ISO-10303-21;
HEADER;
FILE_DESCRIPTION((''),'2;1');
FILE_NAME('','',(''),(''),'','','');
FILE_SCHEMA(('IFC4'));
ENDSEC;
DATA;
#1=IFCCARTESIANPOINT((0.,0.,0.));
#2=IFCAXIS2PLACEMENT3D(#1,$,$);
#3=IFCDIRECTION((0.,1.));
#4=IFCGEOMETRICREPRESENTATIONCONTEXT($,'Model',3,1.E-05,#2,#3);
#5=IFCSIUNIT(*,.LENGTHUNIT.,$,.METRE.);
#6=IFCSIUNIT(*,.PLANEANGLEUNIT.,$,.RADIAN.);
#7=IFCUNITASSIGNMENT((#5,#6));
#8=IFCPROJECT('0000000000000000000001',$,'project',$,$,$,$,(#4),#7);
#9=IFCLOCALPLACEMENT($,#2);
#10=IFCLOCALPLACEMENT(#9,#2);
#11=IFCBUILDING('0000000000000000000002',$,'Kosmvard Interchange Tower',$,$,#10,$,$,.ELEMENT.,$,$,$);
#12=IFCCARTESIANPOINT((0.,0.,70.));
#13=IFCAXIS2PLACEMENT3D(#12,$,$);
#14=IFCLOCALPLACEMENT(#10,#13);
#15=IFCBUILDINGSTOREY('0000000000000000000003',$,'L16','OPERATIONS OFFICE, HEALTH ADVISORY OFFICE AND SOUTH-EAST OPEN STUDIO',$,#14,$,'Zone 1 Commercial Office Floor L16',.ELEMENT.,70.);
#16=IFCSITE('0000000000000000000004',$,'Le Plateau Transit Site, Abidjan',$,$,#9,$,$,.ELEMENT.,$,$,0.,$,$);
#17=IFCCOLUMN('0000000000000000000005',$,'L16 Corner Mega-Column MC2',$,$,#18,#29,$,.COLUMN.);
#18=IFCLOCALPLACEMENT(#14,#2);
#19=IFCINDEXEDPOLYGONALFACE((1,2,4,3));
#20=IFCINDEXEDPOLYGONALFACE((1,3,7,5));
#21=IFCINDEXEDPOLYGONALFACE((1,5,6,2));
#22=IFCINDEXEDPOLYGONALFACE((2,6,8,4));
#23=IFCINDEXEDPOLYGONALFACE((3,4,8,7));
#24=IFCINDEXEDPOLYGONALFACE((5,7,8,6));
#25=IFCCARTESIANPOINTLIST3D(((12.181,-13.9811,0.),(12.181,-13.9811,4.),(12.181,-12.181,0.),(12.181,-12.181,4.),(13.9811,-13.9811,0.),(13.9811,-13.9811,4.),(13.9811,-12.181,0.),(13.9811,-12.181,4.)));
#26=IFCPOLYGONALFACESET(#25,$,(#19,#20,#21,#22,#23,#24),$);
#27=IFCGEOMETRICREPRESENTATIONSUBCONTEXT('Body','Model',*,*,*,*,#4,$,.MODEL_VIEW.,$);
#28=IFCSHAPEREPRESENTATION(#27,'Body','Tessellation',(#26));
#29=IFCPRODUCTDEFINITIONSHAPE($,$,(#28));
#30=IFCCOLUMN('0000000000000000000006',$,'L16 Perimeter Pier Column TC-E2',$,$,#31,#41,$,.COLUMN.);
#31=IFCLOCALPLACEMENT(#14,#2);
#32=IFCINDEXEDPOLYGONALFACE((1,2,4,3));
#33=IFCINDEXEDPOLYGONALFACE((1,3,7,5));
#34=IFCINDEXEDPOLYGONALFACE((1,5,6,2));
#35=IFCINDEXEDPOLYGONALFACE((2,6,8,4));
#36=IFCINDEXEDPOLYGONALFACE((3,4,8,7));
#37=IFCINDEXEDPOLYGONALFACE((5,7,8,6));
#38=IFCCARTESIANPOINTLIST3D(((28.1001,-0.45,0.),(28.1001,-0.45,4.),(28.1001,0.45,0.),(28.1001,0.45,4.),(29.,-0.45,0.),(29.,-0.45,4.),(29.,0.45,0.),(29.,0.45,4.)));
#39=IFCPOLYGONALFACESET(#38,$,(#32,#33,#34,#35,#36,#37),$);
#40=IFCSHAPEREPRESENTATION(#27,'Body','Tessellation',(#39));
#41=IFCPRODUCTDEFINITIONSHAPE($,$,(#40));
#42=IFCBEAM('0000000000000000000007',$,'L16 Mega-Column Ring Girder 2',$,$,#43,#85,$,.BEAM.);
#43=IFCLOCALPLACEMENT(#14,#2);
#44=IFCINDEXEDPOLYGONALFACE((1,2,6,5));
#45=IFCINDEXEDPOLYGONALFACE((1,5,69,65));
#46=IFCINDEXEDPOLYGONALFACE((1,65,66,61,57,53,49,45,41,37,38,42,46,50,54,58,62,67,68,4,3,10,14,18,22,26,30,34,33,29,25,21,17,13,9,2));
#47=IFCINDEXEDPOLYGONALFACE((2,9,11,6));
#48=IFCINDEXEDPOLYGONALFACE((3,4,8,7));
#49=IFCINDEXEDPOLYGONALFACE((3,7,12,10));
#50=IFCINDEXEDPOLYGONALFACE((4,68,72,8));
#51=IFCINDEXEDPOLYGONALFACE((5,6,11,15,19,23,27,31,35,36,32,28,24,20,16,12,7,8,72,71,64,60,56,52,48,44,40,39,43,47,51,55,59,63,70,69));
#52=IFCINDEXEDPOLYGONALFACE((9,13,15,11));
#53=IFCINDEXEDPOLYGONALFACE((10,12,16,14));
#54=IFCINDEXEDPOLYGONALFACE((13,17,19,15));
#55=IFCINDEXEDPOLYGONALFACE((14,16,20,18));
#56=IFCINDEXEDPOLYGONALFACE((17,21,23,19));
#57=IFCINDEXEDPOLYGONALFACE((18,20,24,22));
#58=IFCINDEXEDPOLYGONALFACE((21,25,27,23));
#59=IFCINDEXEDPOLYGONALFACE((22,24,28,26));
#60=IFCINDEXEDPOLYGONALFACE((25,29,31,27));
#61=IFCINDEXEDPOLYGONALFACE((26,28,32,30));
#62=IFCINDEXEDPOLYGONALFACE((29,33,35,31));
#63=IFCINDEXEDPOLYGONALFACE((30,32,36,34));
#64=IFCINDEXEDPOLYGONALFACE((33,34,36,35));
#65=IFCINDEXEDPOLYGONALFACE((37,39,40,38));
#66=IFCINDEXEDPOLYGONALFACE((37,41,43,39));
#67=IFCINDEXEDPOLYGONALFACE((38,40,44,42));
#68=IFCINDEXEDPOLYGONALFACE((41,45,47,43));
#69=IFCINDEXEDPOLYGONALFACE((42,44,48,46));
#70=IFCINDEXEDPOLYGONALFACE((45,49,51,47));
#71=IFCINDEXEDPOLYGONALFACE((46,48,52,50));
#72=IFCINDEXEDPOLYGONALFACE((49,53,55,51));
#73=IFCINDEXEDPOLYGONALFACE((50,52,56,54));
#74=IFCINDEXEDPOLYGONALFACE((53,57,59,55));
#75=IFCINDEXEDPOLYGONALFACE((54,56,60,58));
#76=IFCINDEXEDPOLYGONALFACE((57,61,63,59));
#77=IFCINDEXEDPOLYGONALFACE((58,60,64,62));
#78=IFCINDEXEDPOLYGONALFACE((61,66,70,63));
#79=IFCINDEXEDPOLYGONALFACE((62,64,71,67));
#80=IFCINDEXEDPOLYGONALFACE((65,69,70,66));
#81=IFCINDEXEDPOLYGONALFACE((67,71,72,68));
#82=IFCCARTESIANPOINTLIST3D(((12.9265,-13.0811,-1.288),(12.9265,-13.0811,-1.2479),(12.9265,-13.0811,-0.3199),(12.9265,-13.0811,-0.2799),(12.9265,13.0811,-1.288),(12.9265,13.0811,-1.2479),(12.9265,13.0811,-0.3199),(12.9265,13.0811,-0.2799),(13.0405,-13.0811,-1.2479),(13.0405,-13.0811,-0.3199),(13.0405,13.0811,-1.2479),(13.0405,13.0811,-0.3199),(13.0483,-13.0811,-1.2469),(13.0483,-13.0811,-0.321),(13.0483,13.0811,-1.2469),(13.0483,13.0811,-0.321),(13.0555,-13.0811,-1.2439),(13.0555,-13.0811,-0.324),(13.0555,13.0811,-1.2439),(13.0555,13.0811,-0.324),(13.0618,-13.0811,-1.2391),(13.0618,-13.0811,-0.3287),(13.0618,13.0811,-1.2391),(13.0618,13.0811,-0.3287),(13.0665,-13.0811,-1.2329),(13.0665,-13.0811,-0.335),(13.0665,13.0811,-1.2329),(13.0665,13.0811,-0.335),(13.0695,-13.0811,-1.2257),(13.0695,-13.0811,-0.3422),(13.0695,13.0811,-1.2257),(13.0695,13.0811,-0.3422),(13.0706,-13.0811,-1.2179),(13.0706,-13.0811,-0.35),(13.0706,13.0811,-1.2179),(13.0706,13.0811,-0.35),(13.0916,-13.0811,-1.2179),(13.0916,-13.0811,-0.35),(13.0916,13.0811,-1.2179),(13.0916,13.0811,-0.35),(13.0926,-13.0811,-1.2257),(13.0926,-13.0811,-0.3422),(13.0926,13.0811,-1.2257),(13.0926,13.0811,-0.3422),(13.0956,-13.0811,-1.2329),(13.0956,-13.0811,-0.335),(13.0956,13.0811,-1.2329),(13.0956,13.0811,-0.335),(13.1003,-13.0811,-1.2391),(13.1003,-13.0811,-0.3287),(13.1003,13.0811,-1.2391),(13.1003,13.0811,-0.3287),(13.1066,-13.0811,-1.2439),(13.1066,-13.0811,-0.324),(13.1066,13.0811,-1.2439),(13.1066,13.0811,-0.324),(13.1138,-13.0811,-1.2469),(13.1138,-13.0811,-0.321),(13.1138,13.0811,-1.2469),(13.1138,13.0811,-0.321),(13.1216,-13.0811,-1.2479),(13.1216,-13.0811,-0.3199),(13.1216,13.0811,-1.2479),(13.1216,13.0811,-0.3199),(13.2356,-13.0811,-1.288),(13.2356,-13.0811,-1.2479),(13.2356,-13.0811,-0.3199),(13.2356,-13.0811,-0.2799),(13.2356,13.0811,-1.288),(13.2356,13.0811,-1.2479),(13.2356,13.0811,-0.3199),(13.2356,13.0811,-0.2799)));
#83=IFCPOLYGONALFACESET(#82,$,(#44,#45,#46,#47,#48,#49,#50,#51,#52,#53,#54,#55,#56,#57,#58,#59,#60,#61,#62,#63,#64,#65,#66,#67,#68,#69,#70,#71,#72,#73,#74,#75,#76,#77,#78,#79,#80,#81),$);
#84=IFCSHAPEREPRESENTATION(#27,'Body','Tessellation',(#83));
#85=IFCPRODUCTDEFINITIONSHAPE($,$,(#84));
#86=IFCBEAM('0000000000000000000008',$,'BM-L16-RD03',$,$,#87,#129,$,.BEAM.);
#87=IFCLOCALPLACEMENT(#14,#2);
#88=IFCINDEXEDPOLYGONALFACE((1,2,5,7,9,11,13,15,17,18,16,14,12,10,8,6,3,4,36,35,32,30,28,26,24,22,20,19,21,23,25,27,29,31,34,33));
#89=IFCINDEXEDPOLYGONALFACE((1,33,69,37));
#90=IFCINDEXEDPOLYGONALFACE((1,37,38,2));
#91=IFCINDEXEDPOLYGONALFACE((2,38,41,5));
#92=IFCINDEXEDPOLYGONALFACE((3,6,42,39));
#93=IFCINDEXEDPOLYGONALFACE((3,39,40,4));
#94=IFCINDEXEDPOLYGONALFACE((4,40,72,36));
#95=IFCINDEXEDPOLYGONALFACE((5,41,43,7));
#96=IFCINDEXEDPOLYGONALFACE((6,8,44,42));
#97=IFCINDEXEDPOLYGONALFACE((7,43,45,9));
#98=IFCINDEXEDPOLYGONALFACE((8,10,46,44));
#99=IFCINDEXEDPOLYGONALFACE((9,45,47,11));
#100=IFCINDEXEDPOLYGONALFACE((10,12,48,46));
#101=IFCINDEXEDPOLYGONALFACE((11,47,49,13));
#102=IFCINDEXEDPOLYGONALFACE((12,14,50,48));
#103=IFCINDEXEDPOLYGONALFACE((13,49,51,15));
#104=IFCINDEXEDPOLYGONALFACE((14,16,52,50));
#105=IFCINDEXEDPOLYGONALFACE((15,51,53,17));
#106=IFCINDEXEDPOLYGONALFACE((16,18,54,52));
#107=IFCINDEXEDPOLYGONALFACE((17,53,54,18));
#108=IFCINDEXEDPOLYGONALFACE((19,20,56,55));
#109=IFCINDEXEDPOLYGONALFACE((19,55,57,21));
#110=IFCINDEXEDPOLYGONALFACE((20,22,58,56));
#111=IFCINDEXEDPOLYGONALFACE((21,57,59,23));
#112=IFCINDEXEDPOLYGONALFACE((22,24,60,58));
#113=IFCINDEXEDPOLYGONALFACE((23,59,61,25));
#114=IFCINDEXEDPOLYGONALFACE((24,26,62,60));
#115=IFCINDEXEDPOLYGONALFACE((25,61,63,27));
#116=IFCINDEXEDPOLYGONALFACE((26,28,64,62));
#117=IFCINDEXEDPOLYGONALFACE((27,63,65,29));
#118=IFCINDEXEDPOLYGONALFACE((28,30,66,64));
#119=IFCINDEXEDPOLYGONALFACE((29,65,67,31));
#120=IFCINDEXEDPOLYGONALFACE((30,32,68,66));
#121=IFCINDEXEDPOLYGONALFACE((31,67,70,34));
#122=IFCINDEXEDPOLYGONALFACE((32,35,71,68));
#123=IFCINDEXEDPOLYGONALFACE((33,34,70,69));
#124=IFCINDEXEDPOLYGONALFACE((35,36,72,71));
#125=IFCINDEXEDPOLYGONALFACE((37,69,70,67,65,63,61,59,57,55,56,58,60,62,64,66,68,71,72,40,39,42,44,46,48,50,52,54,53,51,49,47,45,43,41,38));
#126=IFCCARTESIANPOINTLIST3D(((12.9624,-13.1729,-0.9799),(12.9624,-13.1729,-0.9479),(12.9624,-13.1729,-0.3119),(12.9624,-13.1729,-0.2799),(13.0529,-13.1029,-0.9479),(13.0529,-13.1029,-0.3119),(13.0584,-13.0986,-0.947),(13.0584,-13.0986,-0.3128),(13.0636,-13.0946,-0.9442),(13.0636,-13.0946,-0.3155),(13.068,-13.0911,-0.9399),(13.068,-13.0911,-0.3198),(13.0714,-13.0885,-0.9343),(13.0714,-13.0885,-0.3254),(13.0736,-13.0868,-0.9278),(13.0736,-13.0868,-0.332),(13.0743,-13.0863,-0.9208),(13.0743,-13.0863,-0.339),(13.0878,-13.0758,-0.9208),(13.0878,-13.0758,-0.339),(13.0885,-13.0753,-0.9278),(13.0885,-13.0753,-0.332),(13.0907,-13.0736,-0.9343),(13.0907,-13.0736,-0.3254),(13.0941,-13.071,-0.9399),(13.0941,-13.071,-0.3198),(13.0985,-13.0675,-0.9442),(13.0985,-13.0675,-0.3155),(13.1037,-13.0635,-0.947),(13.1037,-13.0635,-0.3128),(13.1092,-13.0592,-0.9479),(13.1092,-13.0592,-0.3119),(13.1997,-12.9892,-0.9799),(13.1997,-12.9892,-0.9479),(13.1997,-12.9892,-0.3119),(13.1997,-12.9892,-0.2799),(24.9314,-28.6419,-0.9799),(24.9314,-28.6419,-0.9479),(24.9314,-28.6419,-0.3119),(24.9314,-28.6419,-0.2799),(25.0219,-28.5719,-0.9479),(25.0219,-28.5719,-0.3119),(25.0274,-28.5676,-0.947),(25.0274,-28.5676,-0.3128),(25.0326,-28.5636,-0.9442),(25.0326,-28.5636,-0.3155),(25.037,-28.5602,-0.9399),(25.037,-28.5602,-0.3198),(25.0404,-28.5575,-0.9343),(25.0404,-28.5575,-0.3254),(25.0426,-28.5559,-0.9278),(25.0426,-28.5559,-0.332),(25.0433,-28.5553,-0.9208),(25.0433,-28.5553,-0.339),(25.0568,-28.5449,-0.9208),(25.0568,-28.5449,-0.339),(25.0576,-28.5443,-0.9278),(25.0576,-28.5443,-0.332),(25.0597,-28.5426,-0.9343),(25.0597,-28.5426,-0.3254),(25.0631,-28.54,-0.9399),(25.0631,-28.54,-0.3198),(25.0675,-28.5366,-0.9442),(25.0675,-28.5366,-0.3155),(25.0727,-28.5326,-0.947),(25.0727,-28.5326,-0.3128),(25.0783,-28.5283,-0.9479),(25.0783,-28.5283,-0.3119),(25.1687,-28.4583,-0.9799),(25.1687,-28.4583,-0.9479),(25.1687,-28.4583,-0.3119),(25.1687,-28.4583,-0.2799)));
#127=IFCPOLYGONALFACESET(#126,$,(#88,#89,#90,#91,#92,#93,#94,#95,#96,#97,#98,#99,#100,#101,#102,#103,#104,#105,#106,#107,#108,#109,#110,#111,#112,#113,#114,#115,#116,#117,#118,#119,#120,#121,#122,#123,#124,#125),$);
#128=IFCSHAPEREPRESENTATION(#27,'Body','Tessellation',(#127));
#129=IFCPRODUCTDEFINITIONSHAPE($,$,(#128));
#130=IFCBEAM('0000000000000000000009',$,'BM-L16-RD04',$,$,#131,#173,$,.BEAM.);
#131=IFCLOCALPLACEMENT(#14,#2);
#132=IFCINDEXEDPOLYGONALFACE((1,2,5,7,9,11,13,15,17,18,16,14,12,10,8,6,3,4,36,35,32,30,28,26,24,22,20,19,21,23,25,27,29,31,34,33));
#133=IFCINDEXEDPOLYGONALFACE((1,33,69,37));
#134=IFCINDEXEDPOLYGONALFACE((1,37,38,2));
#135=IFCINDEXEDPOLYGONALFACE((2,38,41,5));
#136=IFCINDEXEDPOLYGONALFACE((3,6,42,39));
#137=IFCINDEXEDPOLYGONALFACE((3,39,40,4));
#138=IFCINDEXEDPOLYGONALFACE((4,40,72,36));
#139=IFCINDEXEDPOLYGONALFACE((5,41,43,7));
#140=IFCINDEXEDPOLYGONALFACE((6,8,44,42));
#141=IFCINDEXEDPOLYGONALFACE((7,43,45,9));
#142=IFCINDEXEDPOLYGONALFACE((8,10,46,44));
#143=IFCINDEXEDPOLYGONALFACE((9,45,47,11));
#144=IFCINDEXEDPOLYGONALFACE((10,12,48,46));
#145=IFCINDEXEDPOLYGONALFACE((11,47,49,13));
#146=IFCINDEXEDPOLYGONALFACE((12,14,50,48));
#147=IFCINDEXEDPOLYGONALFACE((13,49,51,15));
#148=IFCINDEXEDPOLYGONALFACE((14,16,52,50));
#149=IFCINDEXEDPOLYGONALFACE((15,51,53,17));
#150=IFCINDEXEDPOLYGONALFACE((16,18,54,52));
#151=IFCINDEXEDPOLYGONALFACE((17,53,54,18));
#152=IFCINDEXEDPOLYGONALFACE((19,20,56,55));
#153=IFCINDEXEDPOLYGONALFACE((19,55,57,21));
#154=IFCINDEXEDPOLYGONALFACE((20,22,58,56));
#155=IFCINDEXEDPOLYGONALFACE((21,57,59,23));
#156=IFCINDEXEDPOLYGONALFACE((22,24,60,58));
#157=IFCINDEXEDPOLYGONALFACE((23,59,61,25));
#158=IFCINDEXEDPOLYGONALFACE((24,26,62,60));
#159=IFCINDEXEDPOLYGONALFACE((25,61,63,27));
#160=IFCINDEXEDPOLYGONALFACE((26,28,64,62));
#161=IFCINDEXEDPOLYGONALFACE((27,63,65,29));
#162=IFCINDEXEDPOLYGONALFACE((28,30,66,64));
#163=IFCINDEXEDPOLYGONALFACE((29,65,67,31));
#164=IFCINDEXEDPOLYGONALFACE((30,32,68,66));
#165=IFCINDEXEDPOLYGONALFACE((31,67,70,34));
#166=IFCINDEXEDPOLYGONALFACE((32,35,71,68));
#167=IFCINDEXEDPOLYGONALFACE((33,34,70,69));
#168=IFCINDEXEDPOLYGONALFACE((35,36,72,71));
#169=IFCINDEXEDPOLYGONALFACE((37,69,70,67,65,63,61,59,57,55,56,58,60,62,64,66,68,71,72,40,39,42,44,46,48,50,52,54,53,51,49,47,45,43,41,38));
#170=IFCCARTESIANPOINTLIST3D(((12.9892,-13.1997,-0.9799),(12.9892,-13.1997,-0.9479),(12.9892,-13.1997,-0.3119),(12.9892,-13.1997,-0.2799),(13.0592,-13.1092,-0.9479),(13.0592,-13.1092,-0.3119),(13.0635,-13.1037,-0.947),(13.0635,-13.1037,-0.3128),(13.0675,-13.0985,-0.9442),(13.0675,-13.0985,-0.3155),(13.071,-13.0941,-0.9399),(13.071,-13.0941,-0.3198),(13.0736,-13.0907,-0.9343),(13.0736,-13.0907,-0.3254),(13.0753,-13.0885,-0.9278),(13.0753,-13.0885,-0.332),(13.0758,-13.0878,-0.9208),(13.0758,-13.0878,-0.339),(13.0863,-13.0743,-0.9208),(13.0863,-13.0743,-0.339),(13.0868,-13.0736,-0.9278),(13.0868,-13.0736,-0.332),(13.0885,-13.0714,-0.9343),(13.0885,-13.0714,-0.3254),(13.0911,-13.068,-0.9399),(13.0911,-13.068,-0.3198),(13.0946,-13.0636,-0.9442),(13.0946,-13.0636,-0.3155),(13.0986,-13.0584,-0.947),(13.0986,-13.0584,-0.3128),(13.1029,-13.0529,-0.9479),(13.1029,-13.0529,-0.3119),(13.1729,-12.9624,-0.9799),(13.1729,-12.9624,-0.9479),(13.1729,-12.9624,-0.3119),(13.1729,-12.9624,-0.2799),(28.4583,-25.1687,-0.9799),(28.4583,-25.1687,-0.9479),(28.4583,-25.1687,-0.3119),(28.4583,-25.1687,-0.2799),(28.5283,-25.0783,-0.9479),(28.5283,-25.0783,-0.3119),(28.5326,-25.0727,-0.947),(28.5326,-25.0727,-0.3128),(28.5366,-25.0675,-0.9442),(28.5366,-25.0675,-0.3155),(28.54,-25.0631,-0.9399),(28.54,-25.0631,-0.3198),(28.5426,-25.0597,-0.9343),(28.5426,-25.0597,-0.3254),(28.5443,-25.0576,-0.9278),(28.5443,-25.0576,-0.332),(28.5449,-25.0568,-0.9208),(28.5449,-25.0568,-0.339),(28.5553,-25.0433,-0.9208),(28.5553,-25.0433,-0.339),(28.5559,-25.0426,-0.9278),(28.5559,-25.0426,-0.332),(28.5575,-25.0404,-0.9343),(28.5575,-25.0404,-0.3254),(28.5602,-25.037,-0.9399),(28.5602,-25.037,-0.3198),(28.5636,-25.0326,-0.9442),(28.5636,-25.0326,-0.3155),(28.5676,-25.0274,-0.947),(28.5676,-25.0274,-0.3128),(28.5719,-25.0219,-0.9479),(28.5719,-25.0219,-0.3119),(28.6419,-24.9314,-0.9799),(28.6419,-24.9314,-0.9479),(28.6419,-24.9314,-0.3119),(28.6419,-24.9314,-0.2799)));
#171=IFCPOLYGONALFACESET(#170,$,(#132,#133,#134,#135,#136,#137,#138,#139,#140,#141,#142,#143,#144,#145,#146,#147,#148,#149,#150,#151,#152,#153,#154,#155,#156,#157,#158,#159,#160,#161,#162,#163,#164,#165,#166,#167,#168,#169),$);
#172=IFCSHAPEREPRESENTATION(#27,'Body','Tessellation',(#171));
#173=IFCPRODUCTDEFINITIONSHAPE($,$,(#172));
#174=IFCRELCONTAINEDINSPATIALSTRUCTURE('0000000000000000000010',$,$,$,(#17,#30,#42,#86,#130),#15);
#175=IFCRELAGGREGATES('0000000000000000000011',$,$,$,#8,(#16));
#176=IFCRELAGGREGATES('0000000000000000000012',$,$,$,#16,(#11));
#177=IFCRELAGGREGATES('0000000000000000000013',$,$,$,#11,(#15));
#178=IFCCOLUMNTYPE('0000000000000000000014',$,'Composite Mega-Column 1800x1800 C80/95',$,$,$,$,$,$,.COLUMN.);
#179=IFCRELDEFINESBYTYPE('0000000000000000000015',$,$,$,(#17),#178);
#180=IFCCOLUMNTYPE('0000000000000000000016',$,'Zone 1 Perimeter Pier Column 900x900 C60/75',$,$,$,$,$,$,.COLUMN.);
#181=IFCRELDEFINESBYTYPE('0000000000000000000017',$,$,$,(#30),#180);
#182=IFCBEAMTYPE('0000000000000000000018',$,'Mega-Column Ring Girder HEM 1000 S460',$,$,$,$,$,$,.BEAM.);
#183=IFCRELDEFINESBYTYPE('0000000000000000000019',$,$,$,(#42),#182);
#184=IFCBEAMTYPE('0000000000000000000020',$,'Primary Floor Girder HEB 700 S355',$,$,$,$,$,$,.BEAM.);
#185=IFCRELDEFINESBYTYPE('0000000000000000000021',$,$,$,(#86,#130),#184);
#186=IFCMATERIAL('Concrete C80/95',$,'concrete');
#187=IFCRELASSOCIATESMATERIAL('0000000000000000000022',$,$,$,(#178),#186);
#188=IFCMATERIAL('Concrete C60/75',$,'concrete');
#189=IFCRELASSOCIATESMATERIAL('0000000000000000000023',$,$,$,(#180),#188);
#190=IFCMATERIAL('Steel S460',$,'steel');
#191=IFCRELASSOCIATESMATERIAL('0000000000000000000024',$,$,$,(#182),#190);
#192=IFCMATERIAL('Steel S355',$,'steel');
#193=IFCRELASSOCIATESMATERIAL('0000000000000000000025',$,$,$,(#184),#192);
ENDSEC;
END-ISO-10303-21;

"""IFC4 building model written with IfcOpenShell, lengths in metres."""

from ifc_helpers import new_model, si_unit, direction, frame, origin, origin_2d, place, context, subcontext, project, spatial, rectangle, i_section, extrude, source, transform, mapped, material, material_profile, profile_set, type_object, element, save


model = new_model("IFC4")

# Units and contexts
model_context = context("Model", 3, precision=1e-05, world=origin(), true_north=direction((0.0, 1.0)))
body_context = subcontext(model_context, "Body", "Model", "MODEL_VIEW")
ifc_project = project(units=[si_unit("LENGTHUNIT", "METRE"), si_unit("PLANEANGLEUNIT", "RADIAN")], contexts=[model_context])

# Site, building, storey
site_placement = place(None, origin())
site = spatial("IfcSite", under=ifc_project, at=site_placement, Name="Le Plateau Transit Site, Abidjan", CompositionType="ELEMENT", RefElevation=0.0)
building_placement = place(site_placement, origin())
building = spatial("IfcBuilding", under=site, at=building_placement, Name="Kosmvard Interchange Tower", CompositionType="ELEMENT")
storey_placement = place(building_placement, frame((0.0, 0.0, 70.0)))
storey = spatial("IfcBuildingStorey", under=building, at=storey_placement, Name="L16", Description="OPERATIONS OFFICE, HEALTH ADVISORY OFFICE AND SOUTH-EAST OPEN STUDIO", LongName="Zone 1 Commercial Office Floor L16", CompositionType="ELEMENT", Elevation=70.0)

# Columns
ifc_material_1 = material(Name="Concrete C80/95", Category="concrete")
ifc_material_profile_1 = material_profile(ifc_material_1, rectangle(XDim=1.8, YDim=1.8, at=origin_2d()), Name="MC 1800x1800")
ifc_profile_set_1 = profile_set([ifc_material_profile_1], Name="Concrete C80/95")
column_type_1 = type_object("IfcColumnType", Name="Composite Mega-Column 1800x1800 C80/95", PredefinedType="COLUMN", material=ifc_profile_set_1)
shared_shape_1 = source(origin(), body_context, "Body", "SweptSolid", [
    extrude(rectangle(XDim=1.8, YDim=1.8, at=origin_2d()), origin(), (0.0, 0.0, 1.0), 4.0),
])
column_1_placement = place(storey_placement, frame((13.0811, -13.0811, 0.0), z_axis=(0.0, 0.0, 1.0), x_axis=(1.0, 0.0, 0.0)))
element("IfcColumn", 1, at=column_1_placement, inside=storey, type_object=column_type_1, Name="L16 Corner Mega-Column MC2", PredefinedType="COLUMN", context=body_context, shape_type="MappedRepresentation", body=[
    mapped(shared_shape_1, transform((0.0, 0.0, 0.0), scale=1.0)),
])
ifc_material_2 = material(Name="Concrete C60/75", Category="concrete")
ifc_material_profile_2 = material_profile(ifc_material_2, rectangle(XDim=0.8999, YDim=0.8999, at=origin_2d()), Name="TC 900x900")
ifc_profile_set_2 = profile_set([ifc_material_profile_2], Name="Concrete C60/75")
column_type_2 = type_object("IfcColumnType", Name="Zone 1 Perimeter Pier Column 900x900 C60/75", PredefinedType="COLUMN", material=ifc_profile_set_2)
shared_shape_2 = source(origin(), body_context, "Body", "SweptSolid", [
    extrude(rectangle(XDim=0.8999, YDim=0.8999, at=origin_2d()), origin(), (0.0, 0.0, 1.0), 4.0),
])
column_2_placement = place(storey_placement, frame((28.55, 0.0, 0.0), z_axis=(0.0, 0.0, 1.0), x_axis=(1.0, 0.0, 0.0)))
element("IfcColumn", 2, at=column_2_placement, inside=storey, type_object=column_type_2, Name="L16 Perimeter Pier Column TC-E2", PredefinedType="COLUMN", context=body_context, shape_type="MappedRepresentation", body=[
    mapped(shared_shape_2, transform((0.0, 0.0, 0.0), scale=1.0)),
])

# Beams
ifc_material_3 = material(Name="Steel S460", Category="steel")
ifc_material_profile_3 = material_profile(ifc_material_3, i_section(OverallWidth=0.3091, OverallDepth=1.0081, WebThickness=0.021, FlangeThickness=0.04, FilletRadius=0.03, at=origin_2d()), Name="HEM 1000")
ifc_profile_set_3 = profile_set([ifc_material_profile_3], Name="Steel S460")
beam_type_1 = type_object("IfcBeamType", Name="Mega-Column Ring Girder HEM 1000 S460", PredefinedType="BEAM", material=ifc_profile_set_3)
shared_shape_3 = source(origin(), body_context, "Body", "SweptSolid", [
    extrude(i_section(OverallWidth=0.3091, OverallDepth=1.0081, WebThickness=0.021, FlangeThickness=0.04, FilletRadius=0.03, at=origin_2d()), origin(), (0.0, 0.0, 1.0), 26.1621),
])
beam_1_placement = place(storey_placement, frame((13.0811, -13.0811, -0.7839), z_axis=(0.0, 1.0, 0.0), x_axis=(-1.0, 0.0, 0.0)))
element("IfcBeam", 3, at=beam_1_placement, inside=storey, type_object=beam_type_1, Name="L16 Mega-Column Ring Girder 2", PredefinedType="BEAM", context=body_context, shape_type="MappedRepresentation", body=[
    mapped(shared_shape_3, transform((0.0, 0.0, 0.0), scale=1.0)),
])
ifc_material_4 = material(Name="Steel S355", Category="steel")
ifc_material_profile_4 = material_profile(ifc_material_4, i_section(OverallWidth=0.3, OverallDepth=0.7, WebThickness=0.0171, FlangeThickness=0.032, FilletRadius=0.0271, at=origin_2d()), Name="HEB 700")
ifc_profile_set_4 = profile_set([ifc_material_profile_4], Name="Steel S355")
beam_type_2 = type_object("IfcBeamType", Name="Primary Floor Girder HEB 700 S355", PredefinedType="BEAM", material=ifc_profile_set_4)
shared_shape_4 = source(origin(), body_context, "Body", "SweptSolid", [
    extrude(i_section(OverallWidth=0.3, OverallDepth=0.7, WebThickness=0.0171, FlangeThickness=0.032, FilletRadius=0.0271, at=origin_2d()), origin(), (0.0, 0.0, 1.0), 19.5588),
])
for number, where, z_axis, x_axis, name in (
    (4, (13.0811, -13.0811, -0.6299), (0.611949, -0.790897, 0.0), (0.790897, 0.611949, 0.0), "BM-L16-RD03"),
    (5, (13.0811, -13.0811, -0.6299), (0.790897, -0.611949, 0.0), (0.611949, 0.790897, 0.0), "BM-L16-RD04"),
):
    element("IfcBeam", number, at=place(storey_placement, frame(where, z_axis=z_axis, x_axis=x_axis)), inside=storey, type_object=beam_type_2, Name=name, PredefinedType="BEAM", context=body_context, shape_type="MappedRepresentation", body=[
        mapped(shared_shape_4, transform((0.0, 0.0, 0.0), scale=1.0)),
    ])

save(model, "model.ifc")
